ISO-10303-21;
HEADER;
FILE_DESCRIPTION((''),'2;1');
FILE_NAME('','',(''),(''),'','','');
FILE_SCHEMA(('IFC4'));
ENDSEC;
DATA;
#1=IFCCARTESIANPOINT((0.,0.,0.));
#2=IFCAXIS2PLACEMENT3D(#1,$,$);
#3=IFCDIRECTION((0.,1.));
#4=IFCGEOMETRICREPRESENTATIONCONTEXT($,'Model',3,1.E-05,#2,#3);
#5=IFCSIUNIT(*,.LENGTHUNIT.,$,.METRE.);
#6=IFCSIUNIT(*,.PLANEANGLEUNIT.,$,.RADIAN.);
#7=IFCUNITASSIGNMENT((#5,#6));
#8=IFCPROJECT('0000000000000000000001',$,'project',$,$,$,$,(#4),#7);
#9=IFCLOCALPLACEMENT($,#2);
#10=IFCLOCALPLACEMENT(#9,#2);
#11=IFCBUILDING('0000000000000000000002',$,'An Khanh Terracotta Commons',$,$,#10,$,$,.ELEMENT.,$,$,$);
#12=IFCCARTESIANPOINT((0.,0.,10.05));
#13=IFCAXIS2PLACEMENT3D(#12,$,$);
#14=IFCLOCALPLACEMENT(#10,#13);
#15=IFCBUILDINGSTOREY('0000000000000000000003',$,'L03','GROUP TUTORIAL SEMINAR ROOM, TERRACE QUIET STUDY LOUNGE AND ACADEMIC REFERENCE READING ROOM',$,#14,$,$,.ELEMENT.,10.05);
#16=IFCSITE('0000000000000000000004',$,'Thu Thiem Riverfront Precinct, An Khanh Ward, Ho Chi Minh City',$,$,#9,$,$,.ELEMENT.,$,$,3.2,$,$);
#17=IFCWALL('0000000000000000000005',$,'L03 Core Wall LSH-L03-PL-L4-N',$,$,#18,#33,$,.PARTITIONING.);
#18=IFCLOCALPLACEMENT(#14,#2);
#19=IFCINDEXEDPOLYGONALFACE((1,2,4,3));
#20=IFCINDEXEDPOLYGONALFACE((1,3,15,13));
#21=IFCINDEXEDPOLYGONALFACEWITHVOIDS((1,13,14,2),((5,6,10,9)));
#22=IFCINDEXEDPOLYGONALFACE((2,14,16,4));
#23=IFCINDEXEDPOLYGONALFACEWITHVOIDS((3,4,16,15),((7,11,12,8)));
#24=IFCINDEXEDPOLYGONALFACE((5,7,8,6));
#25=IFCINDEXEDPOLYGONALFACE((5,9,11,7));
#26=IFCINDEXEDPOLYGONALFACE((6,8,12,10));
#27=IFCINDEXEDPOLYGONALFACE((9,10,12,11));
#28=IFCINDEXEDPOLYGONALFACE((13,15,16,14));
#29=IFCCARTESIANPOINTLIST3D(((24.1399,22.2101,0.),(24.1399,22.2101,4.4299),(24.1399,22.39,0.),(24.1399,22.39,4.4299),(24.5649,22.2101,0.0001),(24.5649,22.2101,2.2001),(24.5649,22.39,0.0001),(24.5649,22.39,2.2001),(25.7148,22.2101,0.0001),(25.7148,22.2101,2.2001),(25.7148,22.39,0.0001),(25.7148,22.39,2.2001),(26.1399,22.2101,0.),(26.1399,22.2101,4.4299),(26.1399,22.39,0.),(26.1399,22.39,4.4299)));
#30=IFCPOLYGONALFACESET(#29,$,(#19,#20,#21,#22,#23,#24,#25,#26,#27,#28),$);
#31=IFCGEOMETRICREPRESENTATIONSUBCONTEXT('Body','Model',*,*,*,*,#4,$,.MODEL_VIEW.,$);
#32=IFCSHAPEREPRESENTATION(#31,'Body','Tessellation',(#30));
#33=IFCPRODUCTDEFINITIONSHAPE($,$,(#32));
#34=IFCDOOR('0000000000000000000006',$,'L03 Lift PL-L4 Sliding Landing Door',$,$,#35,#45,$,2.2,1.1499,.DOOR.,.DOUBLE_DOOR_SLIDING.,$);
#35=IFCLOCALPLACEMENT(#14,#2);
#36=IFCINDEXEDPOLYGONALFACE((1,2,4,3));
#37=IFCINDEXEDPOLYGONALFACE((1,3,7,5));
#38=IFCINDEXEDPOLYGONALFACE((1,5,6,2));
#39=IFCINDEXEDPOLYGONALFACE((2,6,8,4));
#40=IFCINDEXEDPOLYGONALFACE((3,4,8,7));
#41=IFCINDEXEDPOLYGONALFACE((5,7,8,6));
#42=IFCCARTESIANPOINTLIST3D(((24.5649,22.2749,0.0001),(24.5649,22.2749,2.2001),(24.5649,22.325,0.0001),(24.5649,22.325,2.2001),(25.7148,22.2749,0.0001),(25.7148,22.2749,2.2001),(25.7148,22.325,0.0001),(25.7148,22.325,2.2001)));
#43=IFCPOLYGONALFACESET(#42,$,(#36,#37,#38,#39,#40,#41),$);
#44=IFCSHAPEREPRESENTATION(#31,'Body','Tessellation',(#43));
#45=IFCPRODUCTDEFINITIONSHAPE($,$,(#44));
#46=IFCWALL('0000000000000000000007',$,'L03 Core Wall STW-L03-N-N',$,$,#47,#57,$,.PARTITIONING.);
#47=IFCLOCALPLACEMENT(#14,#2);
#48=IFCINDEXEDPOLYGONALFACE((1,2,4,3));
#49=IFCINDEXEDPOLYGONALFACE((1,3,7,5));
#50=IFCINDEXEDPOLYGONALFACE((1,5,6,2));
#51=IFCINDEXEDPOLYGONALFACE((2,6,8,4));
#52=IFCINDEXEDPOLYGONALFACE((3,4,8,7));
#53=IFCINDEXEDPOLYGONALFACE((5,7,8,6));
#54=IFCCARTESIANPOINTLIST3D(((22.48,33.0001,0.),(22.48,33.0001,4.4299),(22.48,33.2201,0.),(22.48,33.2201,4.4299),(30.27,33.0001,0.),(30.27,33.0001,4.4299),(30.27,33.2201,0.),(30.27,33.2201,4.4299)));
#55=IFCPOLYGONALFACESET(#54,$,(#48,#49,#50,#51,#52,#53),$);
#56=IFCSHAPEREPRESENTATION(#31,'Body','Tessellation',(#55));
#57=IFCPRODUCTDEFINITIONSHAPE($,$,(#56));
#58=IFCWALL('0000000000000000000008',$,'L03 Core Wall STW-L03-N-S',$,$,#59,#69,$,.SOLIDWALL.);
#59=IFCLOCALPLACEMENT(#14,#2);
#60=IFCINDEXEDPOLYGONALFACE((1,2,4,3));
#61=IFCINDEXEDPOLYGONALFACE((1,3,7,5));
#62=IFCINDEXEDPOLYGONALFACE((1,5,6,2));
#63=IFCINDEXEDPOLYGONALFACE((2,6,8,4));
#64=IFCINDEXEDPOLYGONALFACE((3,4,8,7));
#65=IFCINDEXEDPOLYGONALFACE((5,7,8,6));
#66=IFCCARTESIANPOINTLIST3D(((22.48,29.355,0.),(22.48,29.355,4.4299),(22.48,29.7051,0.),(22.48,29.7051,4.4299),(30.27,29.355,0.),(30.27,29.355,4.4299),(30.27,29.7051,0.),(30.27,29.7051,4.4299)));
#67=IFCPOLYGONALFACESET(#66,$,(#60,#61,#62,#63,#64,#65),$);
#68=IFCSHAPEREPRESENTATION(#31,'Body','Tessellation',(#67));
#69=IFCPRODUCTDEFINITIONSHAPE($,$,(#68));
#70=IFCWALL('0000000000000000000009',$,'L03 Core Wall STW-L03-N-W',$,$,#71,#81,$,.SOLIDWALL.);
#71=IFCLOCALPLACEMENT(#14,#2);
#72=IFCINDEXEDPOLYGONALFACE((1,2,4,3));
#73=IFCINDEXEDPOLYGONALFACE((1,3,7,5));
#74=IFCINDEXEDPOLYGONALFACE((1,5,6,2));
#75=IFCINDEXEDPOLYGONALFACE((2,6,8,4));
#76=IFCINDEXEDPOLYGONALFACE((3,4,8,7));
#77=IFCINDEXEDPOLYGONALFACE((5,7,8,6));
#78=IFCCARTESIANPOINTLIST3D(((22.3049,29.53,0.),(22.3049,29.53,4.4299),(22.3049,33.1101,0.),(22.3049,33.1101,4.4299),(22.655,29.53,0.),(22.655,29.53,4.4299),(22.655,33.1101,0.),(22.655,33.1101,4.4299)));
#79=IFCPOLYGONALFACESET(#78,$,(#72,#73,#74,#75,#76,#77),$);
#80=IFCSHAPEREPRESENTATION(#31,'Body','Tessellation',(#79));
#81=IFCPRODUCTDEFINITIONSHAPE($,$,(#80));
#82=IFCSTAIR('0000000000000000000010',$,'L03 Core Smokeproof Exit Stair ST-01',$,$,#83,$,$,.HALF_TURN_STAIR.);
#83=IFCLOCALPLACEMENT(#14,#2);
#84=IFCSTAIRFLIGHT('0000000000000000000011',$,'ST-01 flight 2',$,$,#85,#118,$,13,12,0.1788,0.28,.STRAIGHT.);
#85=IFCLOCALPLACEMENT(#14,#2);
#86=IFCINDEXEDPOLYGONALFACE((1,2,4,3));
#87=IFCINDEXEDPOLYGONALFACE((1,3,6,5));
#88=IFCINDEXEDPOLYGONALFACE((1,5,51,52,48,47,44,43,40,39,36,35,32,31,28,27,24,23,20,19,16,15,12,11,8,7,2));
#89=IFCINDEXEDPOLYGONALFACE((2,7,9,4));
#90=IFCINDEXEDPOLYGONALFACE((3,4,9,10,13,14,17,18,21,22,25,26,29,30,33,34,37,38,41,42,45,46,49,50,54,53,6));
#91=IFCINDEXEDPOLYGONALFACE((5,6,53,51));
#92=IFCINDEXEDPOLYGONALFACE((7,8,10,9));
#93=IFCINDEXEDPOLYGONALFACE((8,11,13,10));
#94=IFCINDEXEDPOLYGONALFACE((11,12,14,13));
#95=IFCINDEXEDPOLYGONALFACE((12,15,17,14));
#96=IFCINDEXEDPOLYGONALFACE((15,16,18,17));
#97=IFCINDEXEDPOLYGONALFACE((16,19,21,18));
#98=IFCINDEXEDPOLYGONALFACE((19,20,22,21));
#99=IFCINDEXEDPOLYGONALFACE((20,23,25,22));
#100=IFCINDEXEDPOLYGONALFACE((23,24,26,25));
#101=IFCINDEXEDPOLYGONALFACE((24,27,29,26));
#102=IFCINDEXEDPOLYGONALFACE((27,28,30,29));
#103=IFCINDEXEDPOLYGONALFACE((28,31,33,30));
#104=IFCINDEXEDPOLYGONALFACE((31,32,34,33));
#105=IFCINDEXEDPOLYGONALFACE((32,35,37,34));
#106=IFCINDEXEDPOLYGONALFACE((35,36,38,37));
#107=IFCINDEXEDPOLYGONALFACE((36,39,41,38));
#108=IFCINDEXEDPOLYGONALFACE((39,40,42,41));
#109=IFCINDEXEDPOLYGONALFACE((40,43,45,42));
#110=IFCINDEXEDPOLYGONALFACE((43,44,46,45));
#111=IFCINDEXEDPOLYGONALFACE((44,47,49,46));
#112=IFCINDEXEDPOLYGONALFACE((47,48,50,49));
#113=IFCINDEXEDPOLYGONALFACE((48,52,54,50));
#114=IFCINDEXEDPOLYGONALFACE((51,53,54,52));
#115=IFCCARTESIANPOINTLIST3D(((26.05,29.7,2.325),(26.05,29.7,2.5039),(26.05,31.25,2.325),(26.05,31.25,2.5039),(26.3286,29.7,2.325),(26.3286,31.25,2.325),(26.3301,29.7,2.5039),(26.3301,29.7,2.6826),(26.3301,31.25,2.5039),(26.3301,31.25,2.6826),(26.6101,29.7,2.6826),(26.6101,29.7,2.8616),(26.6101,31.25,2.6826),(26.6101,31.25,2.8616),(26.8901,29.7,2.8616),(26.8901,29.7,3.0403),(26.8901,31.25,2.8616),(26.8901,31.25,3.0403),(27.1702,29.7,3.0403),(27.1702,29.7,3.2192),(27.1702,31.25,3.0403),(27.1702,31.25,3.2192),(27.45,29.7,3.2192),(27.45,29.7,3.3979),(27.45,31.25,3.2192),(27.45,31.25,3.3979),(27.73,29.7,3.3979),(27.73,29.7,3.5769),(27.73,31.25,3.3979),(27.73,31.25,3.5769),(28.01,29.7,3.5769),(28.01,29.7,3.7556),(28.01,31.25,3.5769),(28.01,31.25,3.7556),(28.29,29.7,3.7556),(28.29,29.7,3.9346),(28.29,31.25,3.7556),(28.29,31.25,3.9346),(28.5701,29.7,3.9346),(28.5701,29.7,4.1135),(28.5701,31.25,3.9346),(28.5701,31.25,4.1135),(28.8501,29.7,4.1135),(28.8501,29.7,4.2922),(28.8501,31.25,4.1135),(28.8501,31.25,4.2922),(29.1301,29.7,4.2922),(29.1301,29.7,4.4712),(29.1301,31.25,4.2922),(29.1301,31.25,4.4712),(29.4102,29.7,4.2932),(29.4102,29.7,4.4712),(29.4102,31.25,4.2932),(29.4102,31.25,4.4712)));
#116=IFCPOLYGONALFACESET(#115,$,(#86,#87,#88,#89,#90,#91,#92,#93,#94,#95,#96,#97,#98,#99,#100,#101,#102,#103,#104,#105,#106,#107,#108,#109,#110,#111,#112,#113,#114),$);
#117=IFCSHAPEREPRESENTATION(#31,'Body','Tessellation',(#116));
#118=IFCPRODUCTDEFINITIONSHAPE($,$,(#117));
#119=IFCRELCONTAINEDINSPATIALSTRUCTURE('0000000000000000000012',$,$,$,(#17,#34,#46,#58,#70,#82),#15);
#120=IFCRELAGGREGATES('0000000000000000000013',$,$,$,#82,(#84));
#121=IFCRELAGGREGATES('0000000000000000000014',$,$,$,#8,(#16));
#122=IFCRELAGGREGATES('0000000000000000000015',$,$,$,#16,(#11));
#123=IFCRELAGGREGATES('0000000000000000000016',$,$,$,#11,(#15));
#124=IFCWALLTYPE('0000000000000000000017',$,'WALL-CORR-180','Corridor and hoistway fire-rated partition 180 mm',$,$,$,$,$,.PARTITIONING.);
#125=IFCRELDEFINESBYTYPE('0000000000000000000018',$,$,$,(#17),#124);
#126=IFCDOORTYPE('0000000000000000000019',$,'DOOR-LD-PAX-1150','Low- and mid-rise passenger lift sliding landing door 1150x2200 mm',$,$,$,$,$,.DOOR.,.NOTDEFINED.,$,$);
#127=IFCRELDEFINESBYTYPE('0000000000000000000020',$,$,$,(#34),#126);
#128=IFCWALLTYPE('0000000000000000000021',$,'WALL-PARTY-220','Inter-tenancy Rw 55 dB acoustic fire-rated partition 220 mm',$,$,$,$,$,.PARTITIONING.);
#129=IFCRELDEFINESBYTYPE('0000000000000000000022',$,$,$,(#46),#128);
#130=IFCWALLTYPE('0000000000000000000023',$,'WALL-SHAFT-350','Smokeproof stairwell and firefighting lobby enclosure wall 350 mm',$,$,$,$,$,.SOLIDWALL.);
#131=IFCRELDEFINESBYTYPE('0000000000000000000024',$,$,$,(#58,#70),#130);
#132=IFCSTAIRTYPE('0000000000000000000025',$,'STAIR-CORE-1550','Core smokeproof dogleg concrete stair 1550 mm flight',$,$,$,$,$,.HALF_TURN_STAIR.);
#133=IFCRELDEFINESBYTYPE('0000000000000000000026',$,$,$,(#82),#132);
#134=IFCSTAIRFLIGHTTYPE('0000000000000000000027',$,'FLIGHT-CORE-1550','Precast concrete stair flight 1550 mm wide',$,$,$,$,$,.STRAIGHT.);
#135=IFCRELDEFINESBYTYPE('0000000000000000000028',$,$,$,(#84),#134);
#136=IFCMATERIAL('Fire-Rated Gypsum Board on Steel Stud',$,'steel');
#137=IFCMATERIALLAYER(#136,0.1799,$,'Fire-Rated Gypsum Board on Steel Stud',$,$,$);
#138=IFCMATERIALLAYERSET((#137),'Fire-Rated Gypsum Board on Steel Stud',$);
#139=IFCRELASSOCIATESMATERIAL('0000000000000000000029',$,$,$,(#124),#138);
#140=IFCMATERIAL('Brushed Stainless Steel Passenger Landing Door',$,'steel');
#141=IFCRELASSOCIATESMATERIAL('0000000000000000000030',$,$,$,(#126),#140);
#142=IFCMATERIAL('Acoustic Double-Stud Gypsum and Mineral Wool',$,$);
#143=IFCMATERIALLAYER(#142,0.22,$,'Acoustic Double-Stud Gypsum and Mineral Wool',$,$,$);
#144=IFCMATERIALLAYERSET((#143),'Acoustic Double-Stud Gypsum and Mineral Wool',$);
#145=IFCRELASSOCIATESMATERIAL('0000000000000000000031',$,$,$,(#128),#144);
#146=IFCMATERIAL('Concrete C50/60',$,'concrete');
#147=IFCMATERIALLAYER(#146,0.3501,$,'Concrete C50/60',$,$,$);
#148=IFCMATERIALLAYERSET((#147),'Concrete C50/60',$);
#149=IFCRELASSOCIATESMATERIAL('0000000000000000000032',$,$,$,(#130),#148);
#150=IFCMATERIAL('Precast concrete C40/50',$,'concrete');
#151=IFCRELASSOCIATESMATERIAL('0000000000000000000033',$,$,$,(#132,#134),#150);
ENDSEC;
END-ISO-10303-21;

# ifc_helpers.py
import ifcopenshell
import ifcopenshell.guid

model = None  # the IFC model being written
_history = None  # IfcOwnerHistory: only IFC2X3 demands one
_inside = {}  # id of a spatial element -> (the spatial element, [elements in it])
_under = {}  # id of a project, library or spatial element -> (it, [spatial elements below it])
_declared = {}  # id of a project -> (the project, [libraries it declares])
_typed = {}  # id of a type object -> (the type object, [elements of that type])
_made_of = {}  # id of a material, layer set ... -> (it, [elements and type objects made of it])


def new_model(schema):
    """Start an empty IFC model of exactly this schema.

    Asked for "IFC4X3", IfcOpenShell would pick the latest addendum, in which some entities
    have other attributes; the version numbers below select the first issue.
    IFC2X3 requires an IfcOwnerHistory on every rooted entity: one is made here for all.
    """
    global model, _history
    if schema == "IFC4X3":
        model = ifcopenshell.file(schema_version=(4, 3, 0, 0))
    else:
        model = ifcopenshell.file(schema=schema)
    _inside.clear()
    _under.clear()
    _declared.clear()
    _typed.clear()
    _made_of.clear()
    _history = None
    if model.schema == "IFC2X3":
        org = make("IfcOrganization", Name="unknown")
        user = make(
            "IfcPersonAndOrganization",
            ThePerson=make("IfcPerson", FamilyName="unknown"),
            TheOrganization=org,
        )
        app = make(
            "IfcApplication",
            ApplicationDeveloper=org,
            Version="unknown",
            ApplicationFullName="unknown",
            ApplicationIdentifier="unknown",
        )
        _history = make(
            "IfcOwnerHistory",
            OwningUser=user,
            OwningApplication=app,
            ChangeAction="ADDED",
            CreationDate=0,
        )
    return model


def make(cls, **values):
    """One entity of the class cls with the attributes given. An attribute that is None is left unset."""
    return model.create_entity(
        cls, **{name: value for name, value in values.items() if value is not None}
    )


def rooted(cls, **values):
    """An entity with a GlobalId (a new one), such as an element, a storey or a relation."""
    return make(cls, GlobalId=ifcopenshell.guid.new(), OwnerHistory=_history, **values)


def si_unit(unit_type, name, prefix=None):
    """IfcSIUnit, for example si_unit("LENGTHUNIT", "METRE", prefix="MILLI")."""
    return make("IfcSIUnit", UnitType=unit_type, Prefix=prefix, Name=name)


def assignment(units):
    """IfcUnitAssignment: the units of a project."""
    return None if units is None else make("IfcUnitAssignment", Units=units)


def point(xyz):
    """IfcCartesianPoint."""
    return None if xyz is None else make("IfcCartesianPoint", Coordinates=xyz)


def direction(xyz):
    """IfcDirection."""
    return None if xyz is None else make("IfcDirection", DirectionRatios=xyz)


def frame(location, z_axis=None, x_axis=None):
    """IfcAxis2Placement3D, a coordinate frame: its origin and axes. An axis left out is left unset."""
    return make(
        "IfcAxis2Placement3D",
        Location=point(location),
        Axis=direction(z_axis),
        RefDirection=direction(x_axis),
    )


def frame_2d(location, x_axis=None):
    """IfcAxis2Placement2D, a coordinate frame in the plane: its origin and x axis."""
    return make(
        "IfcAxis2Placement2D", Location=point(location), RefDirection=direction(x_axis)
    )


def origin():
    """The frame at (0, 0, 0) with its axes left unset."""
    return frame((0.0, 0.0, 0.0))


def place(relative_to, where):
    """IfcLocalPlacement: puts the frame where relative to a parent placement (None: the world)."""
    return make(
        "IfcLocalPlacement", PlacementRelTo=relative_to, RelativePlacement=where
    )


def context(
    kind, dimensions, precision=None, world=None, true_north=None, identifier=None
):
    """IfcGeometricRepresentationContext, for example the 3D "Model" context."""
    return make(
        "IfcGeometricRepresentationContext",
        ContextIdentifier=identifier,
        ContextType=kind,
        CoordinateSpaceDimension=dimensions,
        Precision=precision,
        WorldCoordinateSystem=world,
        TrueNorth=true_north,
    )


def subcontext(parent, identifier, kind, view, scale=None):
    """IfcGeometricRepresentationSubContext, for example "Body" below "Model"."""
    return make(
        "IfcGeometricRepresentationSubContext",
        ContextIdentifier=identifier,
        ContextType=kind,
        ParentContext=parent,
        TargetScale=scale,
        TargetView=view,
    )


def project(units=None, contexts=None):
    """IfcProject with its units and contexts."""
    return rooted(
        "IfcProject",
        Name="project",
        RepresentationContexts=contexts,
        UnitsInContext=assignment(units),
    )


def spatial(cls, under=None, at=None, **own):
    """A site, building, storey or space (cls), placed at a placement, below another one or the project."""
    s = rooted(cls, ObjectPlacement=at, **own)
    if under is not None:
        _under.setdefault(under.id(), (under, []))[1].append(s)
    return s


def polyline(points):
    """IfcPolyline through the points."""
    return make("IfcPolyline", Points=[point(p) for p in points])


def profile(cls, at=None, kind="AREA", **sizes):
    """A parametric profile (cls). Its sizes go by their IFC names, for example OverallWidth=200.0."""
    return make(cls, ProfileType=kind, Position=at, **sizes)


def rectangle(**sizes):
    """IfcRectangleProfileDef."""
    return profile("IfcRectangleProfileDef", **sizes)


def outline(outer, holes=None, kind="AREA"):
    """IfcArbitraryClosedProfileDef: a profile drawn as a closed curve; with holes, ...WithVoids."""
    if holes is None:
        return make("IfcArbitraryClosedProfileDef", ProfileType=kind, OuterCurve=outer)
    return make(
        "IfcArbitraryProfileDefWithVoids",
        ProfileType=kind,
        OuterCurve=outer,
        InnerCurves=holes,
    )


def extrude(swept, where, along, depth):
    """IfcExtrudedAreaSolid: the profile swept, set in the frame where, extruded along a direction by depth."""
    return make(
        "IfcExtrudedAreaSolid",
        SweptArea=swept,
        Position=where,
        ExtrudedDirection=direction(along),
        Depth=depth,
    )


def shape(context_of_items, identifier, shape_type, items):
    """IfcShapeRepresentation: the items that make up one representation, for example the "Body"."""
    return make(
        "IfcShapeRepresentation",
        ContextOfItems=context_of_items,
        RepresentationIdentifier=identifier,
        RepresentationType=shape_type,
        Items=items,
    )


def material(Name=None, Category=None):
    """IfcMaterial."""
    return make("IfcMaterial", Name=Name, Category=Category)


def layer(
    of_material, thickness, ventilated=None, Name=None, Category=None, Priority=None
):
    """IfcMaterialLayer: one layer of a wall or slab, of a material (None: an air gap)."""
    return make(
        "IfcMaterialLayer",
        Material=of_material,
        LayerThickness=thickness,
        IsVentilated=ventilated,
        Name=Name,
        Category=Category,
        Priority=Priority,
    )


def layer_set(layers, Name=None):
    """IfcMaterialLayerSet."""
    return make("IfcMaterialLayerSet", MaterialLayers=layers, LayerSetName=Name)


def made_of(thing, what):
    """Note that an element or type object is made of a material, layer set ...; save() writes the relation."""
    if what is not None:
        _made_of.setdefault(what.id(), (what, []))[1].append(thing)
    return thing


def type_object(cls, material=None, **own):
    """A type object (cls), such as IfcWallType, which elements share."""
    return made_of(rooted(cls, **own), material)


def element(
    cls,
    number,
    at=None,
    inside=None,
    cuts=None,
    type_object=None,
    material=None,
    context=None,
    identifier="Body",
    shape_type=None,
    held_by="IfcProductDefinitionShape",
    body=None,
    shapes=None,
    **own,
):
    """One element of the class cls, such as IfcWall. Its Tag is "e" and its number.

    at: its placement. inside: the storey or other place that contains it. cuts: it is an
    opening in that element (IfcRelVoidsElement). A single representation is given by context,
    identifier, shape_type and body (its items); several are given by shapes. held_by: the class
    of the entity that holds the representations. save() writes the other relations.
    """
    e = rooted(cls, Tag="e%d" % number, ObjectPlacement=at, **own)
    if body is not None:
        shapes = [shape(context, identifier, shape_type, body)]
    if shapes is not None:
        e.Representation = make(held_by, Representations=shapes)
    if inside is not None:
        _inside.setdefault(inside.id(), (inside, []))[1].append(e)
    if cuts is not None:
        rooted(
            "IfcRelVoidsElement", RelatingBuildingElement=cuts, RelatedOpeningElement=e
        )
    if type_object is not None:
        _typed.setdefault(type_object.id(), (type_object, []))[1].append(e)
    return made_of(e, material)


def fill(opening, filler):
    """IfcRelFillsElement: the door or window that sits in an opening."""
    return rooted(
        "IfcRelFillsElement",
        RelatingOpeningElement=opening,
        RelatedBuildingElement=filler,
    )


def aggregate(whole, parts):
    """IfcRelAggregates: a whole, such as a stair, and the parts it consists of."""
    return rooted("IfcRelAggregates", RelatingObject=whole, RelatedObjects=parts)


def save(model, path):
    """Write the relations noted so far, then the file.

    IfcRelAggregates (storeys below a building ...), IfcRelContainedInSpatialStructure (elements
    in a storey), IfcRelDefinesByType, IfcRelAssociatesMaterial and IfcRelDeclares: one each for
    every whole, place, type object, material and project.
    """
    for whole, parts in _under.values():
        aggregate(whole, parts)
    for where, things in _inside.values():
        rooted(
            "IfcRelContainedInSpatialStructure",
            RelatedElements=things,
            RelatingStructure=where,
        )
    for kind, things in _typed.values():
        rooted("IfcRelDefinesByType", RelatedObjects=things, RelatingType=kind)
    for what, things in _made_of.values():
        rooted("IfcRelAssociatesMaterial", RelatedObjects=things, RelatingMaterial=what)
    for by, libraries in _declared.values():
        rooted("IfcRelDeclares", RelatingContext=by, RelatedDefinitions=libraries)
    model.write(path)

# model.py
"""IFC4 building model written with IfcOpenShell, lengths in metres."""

from ifc_helpers import new_model, si_unit, direction, frame, frame_2d, origin, place, context, subcontext, project, spatial, polyline, rectangle, outline, extrude, material, layer, layer_set, type_object, element, fill, aggregate, save


model = new_model("IFC4")

# Units and contexts
model_context = context("Model", 3, precision=1e-05, world=origin(), true_north=direction((0.0, 1.0)))
body_context = subcontext(model_context, "Body", "Model", "MODEL_VIEW")
ifc_project = project(units=[si_unit("LENGTHUNIT", "METRE"), si_unit("PLANEANGLEUNIT", "RADIAN")], contexts=[model_context])

# Site, building, storey
site_placement = place(None, origin())
site = spatial("IfcSite", under=ifc_project, at=site_placement, Name="Thu Thiem Riverfront Precinct, An Khanh Ward, Ho Chi Minh City", CompositionType="ELEMENT", RefElevation=3.2)
building_placement = place(site_placement, origin())
building = spatial("IfcBuilding", under=site, at=building_placement, Name="An Khanh Terracotta Commons", CompositionType="ELEMENT")
storey_placement = place(building_placement, frame((0.0, 0.0, 10.05)))
storey = spatial("IfcBuildingStorey", under=building, at=storey_placement, Name="L03", Description="GROUP TUTORIAL SEMINAR ROOM, TERRACE QUIET STUDY LOUNGE AND ACADEMIC REFERENCE READING ROOM", CompositionType="ELEMENT", Elevation=10.05)

# Shared definitions
ifc_material_1 = material(Name="Fire-Rated Gypsum Board on Steel Stud", Category="steel")
ifc_layer_1 = layer(ifc_material_1, 0.1799, Name="Fire-Rated Gypsum Board on Steel Stud")
ifc_layer_set_1 = layer_set([ifc_layer_1], Name="Fire-Rated Gypsum Board on Steel Stud")
wall_type_1 = type_object("IfcWallType", Name="WALL-CORR-180", Description="Corridor and hoistway fire-rated partition 180 mm", PredefinedType="PARTITIONING", material=ifc_layer_set_1)

# Shared definitions
ifc_material_2 = material(Name="Brushed Stainless Steel Passenger Landing Door", Category="steel")
door_type = type_object("IfcDoorType", Name="DOOR-LD-PAX-1150", Description="Low- and mid-rise passenger lift sliding landing door 1150x2200 mm", OperationType="NOTDEFINED", PredefinedType="DOOR", material=ifc_material_2)

# Wall, opening, door
wall_1_placement = place(storey_placement, frame((24.1399, 22.3, 0.0), z_axis=(0.0, 0.0, 1.0), x_axis=(1.0, 0.0, 0.0)))
wall_1 = element("IfcWall", 1, at=wall_1_placement, inside=storey, type_object=wall_type_1, Name="L03 Core Wall LSH-L03-PL-L4-N", PredefinedType="PARTITIONING", context=body_context, shape_type="SweptSolid", body=[
    extrude(rectangle(XDim=2.0, YDim=0.1799, at=frame_2d((1.0, 0.0))), origin(), (0.0, 0.0, 1.0), 4.4299),
])
opening_1_placement = place(wall_1_placement, frame((0.425, 0.0, 0.0)))
opening_1 = element("IfcOpeningElement", 2, at=opening_1_placement, cuts=wall_1, PredefinedType="OPENING", context=body_context, shape_type="SweptSolid", body=[
    extrude(rectangle(XDim=1.1499, YDim=2.2, at=frame_2d((0.575, 1.1001))), frame((0.0, 0.0999, 0.0), z_axis=(0.0, -1.0, 0.0), x_axis=(1.0, 0.0, 0.0)), (0.0, 0.0, 1.0), 0.2),
])
door_1_placement = place(opening_1_placement, origin())
door_1 = element("IfcDoor", 3, at=door_1_placement, inside=storey, type_object=door_type, Name="L03 Lift PL-L4 Sliding Landing Door", OperationType="DOUBLE_DOOR_SLIDING", OverallHeight=2.2, OverallWidth=1.1499, PredefinedType="DOOR", context=body_context, shape_type="SweptSolid", body=[
    extrude(rectangle(XDim=1.1499, YDim=2.2, at=frame_2d((0.575, 1.1001))), frame((0.0, 0.0249, 0.0), z_axis=(0.0, -1.0, 0.0), x_axis=(1.0, 0.0, 0.0)), (0.0, 0.0, 1.0), 0.05),
])
fill(opening_1, door_1)

# Walls
ifc_material_3 = material(Name="Acoustic Double-Stud Gypsum and Mineral Wool")
ifc_layer_2 = layer(ifc_material_3, 0.22, Name="Acoustic Double-Stud Gypsum and Mineral Wool")
ifc_layer_set_2 = layer_set([ifc_layer_2], Name="Acoustic Double-Stud Gypsum and Mineral Wool")
wall_type_2 = type_object("IfcWallType", Name="WALL-PARTY-220", Description="Inter-tenancy Rw 55 dB acoustic fire-rated partition 220 mm", PredefinedType="PARTITIONING", material=ifc_layer_set_2)
wall_2_placement = place(storey_placement, frame((22.48, 33.1101, 0.0), z_axis=(0.0, 0.0, 1.0), x_axis=(1.0, 0.0, 0.0)))
element("IfcWall", 4, at=wall_2_placement, inside=storey, type_object=wall_type_2, Name="L03 Core Wall STW-L03-N-N", PredefinedType="PARTITIONING", context=body_context, shape_type="SweptSolid", body=[
    extrude(rectangle(XDim=7.79, YDim=0.22, at=frame_2d((3.895, 0.0))), origin(), (0.0, 0.0, 1.0), 4.4299),
])
ifc_material_4 = material(Name="Concrete C50/60", Category="concrete")
ifc_layer_3 = layer(ifc_material_4, 0.3501, Name="Concrete C50/60")
ifc_layer_set_3 = layer_set([ifc_layer_3], Name="Concrete C50/60")
wall_type_3 = type_object("IfcWallType", Name="WALL-SHAFT-350", Description="Smokeproof stairwell and firefighting lobby enclosure wall 350 mm", PredefinedType="SOLIDWALL", material=ifc_layer_set_3)
wall_3_placement = place(storey_placement, frame((22.48, 29.53, 0.0), z_axis=(0.0, 0.0, 1.0), x_axis=(1.0, 0.0, 0.0)))
element("IfcWall", 5, at=wall_3_placement, inside=storey, type_object=wall_type_3, Name="L03 Core Wall STW-L03-N-S", PredefinedType="SOLIDWALL", context=body_context, shape_type="SweptSolid", body=[
    extrude(rectangle(XDim=7.79, YDim=0.3501, at=frame_2d((3.895, 0.0))), origin(), (0.0, 0.0, 1.0), 4.4299),
])
wall_4_placement = place(storey_placement, frame((22.48, 29.53, 0.0), z_axis=(0.0, 0.0, 1.0), x_axis=(0.0, 1.0, 0.0)))
element("IfcWall", 6, at=wall_4_placement, inside=storey, type_object=wall_type_3, Name="L03 Core Wall STW-L03-N-W", PredefinedType="SOLIDWALL", context=body_context, shape_type="SweptSolid", body=[
    extrude(rectangle(XDim=3.5801, YDim=0.3501, at=frame_2d((1.79, 0.0))), origin(), (0.0, 0.0, 1.0), 4.4299),
])

# Stair, stair flight
ifc_material_5 = material(Name="Precast concrete C40/50", Category="concrete")
stair_type = type_object("IfcStairType", Name="STAIR-CORE-1550", Description="Core smokeproof dogleg concrete stair 1550 mm flight", PredefinedType="HALF_TURN_STAIR", material=ifc_material_5)
stair_placement = place(storey_placement, origin())
stair = element("IfcStair", 7, at=stair_placement, inside=storey, type_object=stair_type, Name="L03 Core Smokeproof Exit Stair ST-01", PredefinedType="HALF_TURN_STAIR")
stair_flight_type = type_object("IfcStairFlightType", Name="FLIGHT-CORE-1550", Description="Precast concrete stair flight 1550 mm wide", PredefinedType="STRAIGHT", material=ifc_material_5)
stair_flight_placement = place(storey_placement, frame((26.05, 30.4751, 2.325), z_axis=(0.0, 0.0, 1.0), x_axis=(1.0, 0.0, 0.0)))
stair_flight = element("IfcStairFlight", 8, at=stair_flight_placement, type_object=stair_flight_type, Name="ST-01 flight 2", NumberOfRisers=13, NumberOfTreads=12, PredefinedType="STRAIGHT", RiserHeight=0.1788, TreadLength=0.28, context=body_context, shape_type="SweptSolid", body=[
    extrude(outline(polyline([(0.0, 0.0), (0.0, 0.179), (0.28, 0.179), (0.28, 0.3577), (0.5601, 0.3577), (0.5601, 0.5366), (0.8401, 0.5366), (0.8401, 0.7153), (1.1201, 0.7153), (1.1201, 0.8943), (1.3999, 0.8943), (1.3999, 1.073), (1.6799, 1.073), (1.6799, 1.252), (1.96, 1.252), (1.96, 1.4307), (2.24, 1.4307), (2.24, 1.6096), (2.52, 1.6096), (2.52, 1.7886), (2.8, 1.7886), (2.8, 1.9673), (3.0801, 1.9673), (3.0801, 2.1462), (3.3601, 2.1462), (3.3601, 2.325), (3.3601, 1.9683), (0.2786, 0.0), (0.0, 0.0)])), frame((0.0, 0.7749, 0.0), z_axis=(0.0, -1.0, 0.0), x_axis=(1.0, 0.0, 0.0)), (0.0, 0.0, 1.0), 1.55),
])
aggregate(stair, [stair_flight])

save(model, "model.ifc")
